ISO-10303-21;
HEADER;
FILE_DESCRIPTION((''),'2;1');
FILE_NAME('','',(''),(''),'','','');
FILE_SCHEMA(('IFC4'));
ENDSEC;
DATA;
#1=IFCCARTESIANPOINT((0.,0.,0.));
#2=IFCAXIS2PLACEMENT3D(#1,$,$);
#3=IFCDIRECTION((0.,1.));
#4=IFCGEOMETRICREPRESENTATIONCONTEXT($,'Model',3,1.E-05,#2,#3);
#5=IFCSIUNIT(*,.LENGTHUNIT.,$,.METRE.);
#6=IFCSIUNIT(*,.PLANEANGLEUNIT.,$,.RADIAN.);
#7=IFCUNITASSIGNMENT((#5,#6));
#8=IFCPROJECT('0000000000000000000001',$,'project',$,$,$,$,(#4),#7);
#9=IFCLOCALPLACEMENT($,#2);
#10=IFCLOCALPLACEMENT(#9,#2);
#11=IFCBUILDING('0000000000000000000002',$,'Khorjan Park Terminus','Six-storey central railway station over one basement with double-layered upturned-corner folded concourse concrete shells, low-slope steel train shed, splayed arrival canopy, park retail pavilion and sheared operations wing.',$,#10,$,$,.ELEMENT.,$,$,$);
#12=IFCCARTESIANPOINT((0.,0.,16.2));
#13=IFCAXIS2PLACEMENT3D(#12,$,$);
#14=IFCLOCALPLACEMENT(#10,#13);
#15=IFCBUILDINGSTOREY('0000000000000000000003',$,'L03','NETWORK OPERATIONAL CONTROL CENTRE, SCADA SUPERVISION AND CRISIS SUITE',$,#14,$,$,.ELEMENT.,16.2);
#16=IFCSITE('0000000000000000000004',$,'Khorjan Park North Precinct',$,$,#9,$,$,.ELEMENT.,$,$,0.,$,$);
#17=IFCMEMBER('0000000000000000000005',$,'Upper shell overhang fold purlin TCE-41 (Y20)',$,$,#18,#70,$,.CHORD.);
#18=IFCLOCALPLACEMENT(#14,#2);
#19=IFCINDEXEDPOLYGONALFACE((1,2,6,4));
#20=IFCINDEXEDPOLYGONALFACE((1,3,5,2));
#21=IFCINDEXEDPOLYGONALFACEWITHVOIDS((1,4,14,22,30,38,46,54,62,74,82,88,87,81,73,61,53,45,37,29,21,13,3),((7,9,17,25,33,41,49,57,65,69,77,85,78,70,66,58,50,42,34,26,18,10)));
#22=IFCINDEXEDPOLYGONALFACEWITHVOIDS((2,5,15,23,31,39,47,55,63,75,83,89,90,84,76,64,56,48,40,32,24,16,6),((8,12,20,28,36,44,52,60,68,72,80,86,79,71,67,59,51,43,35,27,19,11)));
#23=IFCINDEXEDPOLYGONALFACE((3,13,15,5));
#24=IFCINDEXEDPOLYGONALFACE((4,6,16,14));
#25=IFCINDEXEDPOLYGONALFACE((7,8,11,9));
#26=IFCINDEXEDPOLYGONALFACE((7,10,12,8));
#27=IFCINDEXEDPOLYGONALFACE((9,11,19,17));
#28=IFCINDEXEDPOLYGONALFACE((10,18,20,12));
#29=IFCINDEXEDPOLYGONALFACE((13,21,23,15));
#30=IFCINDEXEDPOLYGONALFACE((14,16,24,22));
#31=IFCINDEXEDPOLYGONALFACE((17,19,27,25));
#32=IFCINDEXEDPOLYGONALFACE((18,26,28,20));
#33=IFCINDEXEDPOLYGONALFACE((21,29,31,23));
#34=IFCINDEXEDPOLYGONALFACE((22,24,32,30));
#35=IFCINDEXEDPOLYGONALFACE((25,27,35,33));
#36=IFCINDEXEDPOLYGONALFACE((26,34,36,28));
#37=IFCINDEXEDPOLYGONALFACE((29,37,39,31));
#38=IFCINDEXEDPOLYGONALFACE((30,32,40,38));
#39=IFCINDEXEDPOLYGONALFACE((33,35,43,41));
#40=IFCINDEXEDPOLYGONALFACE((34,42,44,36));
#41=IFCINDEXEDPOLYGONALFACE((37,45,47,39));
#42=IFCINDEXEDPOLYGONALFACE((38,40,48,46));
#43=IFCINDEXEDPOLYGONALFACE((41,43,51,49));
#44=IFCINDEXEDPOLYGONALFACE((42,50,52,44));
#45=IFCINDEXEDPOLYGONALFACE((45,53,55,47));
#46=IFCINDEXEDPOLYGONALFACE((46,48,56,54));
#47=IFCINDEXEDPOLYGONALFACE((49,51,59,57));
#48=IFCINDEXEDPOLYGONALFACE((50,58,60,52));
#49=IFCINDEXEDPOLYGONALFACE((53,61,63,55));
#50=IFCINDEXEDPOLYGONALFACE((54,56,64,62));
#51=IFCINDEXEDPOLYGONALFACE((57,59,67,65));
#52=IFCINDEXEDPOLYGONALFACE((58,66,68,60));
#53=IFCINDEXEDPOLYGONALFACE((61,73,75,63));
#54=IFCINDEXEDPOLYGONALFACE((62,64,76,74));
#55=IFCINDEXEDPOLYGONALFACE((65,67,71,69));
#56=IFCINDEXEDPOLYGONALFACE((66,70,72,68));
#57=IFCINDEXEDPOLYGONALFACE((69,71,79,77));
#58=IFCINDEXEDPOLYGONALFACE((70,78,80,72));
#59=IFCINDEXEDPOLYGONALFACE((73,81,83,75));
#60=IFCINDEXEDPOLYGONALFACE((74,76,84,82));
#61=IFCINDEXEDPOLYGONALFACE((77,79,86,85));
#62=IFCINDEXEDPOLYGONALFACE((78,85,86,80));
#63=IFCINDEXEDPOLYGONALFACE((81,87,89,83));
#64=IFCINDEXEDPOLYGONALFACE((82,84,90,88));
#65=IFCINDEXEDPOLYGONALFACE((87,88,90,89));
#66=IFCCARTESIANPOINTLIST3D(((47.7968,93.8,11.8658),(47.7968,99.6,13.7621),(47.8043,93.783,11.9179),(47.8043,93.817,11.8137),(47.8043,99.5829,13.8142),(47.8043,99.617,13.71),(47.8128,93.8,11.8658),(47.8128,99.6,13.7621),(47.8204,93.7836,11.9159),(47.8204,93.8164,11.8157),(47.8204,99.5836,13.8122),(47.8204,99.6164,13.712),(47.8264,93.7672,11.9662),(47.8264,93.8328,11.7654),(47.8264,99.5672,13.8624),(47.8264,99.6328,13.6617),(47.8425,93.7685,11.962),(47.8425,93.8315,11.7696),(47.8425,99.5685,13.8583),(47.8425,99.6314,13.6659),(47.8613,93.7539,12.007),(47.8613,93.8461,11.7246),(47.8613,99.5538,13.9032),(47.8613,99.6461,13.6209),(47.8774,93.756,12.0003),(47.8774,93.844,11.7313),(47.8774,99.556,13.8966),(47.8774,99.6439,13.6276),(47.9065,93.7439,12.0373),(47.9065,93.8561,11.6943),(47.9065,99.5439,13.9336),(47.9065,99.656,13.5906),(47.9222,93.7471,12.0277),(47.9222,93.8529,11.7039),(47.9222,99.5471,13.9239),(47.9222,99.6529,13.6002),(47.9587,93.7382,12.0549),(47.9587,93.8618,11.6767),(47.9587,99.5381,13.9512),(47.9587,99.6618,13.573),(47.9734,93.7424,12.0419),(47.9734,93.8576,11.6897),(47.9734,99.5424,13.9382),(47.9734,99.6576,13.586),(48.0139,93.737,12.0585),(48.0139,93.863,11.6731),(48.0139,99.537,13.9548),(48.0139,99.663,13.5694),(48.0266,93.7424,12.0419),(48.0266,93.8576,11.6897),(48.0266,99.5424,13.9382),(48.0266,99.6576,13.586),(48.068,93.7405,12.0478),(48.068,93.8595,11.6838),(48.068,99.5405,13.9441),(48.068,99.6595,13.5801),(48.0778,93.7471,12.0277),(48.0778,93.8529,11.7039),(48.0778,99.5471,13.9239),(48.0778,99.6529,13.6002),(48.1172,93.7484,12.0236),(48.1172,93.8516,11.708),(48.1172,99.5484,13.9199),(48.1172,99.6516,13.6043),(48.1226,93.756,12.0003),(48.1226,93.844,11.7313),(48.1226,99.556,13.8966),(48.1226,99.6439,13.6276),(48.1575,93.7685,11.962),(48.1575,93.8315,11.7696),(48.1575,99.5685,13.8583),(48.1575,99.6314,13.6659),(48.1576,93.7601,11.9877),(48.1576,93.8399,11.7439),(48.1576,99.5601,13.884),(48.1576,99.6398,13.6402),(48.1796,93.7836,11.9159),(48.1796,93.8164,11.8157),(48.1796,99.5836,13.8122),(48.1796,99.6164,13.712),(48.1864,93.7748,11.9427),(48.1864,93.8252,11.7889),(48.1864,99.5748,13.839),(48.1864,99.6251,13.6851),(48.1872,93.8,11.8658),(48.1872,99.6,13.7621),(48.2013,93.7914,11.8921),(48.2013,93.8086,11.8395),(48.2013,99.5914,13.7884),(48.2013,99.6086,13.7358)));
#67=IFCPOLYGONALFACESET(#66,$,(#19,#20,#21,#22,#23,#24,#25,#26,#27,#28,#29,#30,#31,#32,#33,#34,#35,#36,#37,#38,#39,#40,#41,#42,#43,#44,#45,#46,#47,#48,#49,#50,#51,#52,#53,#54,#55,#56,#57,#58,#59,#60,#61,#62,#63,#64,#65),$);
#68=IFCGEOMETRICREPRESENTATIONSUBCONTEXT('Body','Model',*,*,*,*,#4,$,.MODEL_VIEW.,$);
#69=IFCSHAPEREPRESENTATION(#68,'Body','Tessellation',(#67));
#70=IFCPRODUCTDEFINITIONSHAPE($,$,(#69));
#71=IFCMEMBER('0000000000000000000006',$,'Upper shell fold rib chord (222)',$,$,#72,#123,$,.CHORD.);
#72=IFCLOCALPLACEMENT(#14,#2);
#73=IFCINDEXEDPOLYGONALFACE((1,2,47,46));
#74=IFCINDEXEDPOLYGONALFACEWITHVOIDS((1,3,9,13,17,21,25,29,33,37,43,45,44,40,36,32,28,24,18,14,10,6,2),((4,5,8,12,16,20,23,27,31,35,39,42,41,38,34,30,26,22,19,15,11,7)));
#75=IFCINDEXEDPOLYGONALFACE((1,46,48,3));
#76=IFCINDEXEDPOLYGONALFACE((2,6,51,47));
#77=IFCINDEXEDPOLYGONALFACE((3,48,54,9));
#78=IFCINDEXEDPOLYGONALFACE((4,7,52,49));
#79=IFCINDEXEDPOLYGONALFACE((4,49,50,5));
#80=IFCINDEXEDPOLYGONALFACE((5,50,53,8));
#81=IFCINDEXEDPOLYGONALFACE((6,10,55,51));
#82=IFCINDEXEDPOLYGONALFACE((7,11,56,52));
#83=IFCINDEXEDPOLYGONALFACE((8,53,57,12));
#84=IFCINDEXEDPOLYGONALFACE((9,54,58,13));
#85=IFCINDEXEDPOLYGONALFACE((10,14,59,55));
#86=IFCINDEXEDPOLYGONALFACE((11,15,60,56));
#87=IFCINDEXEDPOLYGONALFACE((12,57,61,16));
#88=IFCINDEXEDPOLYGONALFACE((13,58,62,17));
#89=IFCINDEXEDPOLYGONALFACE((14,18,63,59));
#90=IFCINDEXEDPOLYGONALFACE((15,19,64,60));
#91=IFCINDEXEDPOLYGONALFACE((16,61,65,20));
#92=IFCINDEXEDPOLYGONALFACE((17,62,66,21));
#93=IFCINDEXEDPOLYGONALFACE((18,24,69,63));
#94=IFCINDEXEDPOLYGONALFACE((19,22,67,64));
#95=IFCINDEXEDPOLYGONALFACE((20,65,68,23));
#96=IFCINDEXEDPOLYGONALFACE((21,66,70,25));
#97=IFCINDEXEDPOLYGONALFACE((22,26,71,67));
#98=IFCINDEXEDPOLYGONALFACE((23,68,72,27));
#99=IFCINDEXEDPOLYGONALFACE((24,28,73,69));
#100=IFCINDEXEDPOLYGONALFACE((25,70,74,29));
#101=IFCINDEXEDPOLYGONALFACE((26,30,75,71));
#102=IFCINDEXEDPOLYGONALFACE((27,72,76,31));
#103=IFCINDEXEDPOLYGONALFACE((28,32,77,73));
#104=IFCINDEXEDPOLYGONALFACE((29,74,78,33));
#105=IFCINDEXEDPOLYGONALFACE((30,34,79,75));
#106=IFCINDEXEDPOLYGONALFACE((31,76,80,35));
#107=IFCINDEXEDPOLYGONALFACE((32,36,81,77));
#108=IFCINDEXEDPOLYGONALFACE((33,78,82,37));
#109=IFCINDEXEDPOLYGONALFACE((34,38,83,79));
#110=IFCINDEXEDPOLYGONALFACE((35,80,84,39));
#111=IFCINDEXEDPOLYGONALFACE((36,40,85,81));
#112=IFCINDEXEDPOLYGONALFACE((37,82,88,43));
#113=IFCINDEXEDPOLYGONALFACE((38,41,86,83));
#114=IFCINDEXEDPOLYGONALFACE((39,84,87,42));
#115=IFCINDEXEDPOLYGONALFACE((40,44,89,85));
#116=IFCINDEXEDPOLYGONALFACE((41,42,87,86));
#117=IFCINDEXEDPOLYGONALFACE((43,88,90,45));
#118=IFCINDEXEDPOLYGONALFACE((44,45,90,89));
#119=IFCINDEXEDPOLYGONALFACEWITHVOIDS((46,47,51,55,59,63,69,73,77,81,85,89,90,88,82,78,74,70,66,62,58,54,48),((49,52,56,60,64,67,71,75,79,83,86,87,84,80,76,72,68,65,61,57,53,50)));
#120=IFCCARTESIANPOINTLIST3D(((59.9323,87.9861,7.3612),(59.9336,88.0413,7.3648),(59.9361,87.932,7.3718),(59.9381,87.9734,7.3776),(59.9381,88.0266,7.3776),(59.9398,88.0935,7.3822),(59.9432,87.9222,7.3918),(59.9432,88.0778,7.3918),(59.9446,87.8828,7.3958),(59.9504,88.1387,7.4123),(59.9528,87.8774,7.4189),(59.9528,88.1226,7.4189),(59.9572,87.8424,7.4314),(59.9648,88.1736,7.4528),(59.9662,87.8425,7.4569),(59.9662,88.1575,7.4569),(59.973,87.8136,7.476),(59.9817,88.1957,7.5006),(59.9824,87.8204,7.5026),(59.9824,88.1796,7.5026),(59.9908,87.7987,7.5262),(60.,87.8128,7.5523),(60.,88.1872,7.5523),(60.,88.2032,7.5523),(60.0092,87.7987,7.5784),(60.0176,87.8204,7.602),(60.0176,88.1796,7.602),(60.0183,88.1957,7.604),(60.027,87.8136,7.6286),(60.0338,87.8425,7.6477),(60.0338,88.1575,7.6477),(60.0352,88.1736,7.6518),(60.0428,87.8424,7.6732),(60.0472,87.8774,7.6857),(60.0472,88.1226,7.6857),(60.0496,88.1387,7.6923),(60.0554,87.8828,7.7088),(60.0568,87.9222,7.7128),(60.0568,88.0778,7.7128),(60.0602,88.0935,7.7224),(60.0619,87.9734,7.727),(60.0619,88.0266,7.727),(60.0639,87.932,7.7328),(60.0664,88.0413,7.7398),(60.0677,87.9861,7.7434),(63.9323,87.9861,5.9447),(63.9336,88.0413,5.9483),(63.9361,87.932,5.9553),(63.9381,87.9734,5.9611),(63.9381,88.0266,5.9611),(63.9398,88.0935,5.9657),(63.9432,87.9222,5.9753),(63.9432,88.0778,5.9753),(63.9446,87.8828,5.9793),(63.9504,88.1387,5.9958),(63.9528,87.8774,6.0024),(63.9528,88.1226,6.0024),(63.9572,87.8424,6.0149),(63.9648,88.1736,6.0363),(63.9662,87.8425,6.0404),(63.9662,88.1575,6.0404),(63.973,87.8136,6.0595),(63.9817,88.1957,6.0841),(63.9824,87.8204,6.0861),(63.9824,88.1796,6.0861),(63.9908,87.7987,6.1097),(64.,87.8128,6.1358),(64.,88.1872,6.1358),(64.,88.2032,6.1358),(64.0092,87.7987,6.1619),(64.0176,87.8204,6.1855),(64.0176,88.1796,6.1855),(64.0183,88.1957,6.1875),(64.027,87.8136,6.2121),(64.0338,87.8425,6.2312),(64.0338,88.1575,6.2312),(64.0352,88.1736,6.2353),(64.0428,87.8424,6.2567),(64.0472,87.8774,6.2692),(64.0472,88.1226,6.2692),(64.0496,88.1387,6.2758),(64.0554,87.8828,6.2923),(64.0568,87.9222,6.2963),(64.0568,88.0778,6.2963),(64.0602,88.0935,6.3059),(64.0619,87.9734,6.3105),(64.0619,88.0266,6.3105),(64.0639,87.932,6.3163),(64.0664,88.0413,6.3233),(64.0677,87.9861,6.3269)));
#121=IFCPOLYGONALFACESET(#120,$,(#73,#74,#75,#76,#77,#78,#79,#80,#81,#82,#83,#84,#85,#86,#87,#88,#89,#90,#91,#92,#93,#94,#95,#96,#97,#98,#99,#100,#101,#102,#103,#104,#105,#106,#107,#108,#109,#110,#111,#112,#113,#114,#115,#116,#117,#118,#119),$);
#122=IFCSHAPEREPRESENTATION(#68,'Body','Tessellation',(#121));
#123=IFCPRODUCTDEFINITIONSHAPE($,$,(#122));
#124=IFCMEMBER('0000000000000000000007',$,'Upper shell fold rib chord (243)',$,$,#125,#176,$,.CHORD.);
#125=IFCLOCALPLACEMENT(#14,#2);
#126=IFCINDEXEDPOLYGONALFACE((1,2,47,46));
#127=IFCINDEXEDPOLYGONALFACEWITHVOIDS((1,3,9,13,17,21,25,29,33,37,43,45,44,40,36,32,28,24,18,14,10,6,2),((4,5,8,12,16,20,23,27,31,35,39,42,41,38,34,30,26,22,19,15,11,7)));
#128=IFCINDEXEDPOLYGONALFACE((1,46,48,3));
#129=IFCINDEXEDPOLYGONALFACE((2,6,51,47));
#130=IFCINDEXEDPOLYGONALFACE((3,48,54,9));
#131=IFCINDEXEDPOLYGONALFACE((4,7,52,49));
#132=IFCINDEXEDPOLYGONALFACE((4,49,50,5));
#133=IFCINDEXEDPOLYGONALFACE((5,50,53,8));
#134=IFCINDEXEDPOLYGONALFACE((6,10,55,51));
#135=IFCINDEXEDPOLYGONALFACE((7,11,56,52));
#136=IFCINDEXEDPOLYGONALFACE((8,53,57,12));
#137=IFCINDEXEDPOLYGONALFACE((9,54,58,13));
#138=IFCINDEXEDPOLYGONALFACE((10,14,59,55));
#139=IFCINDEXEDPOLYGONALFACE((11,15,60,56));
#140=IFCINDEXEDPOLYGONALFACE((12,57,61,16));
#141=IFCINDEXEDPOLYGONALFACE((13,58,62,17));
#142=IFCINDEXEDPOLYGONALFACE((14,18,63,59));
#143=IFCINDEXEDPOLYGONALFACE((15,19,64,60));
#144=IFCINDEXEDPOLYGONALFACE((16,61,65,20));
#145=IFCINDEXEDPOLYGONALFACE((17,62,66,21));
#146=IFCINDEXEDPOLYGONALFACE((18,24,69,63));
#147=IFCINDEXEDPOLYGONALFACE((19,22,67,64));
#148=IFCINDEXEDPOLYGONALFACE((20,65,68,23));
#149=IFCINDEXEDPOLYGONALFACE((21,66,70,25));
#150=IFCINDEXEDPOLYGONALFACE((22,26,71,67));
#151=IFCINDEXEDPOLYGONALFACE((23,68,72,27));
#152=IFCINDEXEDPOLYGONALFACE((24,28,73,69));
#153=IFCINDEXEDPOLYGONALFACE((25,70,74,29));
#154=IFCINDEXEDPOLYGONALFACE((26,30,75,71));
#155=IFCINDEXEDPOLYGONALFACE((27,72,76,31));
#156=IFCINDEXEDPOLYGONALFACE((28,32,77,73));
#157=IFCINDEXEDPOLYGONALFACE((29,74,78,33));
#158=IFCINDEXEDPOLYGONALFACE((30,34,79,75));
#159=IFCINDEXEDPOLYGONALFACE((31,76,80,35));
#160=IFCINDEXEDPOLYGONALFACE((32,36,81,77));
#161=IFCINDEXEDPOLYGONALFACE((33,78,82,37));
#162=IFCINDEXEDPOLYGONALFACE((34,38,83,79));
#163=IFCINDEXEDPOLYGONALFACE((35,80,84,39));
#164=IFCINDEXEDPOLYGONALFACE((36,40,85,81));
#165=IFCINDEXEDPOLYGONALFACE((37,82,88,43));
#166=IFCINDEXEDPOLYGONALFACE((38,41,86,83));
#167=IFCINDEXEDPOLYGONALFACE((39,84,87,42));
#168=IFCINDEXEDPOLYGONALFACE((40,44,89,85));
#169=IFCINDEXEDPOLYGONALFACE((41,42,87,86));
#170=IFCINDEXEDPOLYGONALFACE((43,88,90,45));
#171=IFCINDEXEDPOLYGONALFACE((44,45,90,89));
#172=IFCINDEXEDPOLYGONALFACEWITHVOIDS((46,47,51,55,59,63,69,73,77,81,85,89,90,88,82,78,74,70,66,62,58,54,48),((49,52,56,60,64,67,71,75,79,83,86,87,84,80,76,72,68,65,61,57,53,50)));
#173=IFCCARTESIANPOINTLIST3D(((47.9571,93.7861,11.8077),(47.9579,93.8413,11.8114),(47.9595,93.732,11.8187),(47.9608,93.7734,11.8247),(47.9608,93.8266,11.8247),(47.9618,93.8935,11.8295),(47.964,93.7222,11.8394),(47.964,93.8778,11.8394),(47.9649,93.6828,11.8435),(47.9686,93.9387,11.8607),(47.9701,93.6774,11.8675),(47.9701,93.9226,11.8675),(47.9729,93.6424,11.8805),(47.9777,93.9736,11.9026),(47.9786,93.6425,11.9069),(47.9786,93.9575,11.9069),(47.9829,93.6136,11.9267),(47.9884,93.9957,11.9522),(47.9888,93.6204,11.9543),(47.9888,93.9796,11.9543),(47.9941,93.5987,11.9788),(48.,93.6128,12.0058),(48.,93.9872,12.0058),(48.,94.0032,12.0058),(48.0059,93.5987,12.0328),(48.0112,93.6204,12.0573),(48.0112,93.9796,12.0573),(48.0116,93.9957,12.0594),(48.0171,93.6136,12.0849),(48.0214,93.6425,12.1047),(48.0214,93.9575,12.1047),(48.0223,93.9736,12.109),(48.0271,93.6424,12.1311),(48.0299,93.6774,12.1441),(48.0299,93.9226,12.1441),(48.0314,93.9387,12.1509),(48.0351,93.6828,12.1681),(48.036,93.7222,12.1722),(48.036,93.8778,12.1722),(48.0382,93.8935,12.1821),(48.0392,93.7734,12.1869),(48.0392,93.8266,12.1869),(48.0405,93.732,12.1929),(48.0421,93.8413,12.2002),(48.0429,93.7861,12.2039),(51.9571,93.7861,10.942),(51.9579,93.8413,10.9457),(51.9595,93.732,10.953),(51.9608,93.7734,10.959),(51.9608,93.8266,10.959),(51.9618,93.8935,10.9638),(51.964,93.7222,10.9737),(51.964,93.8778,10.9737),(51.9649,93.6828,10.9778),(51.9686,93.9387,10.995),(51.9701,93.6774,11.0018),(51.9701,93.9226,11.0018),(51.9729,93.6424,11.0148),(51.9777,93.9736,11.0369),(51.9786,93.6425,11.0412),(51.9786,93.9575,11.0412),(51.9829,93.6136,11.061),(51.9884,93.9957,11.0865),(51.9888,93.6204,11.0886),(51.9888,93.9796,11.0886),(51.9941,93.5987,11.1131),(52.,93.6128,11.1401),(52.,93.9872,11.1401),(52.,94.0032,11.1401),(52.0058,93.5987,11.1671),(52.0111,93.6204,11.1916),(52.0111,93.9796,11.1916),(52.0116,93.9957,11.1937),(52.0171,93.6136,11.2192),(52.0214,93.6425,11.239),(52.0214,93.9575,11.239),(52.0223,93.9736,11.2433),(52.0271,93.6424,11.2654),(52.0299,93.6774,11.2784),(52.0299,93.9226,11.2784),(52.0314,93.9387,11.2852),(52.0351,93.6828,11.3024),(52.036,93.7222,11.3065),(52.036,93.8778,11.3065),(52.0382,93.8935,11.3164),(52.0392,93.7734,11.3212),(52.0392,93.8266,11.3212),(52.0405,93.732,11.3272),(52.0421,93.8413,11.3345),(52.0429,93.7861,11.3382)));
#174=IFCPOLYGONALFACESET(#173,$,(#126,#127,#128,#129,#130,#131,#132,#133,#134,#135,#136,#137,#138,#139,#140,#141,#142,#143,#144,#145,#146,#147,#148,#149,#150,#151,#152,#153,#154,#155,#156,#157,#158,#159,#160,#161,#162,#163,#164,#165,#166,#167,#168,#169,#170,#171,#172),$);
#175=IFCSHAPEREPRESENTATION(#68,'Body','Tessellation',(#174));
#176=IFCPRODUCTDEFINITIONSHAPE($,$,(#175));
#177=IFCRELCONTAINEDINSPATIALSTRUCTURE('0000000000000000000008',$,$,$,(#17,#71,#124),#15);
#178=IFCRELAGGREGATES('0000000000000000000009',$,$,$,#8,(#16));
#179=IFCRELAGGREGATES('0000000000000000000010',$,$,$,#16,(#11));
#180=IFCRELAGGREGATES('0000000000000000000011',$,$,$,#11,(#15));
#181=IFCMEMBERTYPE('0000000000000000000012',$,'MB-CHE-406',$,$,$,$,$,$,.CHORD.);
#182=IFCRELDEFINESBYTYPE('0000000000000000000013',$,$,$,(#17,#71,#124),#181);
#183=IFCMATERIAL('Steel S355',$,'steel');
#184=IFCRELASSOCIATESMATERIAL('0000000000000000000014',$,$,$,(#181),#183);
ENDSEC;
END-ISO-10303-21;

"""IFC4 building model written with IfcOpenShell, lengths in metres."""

from ifc_helpers import new_model, si_unit, direction, frame, origin, origin_2d, place, context, subcontext, project, spatial, hollow_circle, extrude, material, material_profile, profile_set, type_object, element, save


model = new_model("IFC4")

# Units and contexts
model_context = context("Model", 3, precision=1e-05, world=origin(), true_north=direction((0.0, 1.0)))
body_context = subcontext(model_context, "Body", "Model", "MODEL_VIEW")
ifc_project = project(units=[si_unit("LENGTHUNIT", "METRE"), si_unit("PLANEANGLEUNIT", "RADIAN")], contexts=[model_context])

# Site, building, storey
site_placement = place(None, origin())
site = spatial("IfcSite", under=ifc_project, at=site_placement, Name="Khorjan Park North Precinct", CompositionType="ELEMENT", RefElevation=0.0)
building_placement = place(site_placement, origin())
building = spatial("IfcBuilding", under=site, at=building_placement, Name="Khorjan Park Terminus", Description="Six-storey central railway station over one basement with double-layered upturned-corner folded concourse concrete shells, low-slope steel train shed, splayed arrival canopy, park retail pavilion and sheared operations wing.", CompositionType="ELEMENT")
storey_placement = place(building_placement, frame((0.0, 0.0, 16.2)))
storey = spatial("IfcBuildingStorey", under=building, at=storey_placement, Name="L03", Description="NETWORK OPERATIONAL CONTROL CENTRE, SCADA SUPERVISION AND CRISIS SUITE", CompositionType="ELEMENT", Elevation=16.2)

# Members
ifc_material_1 = material(Name="Steel S355", Category="steel")
ifc_material_profile_1 = material_profile(ifc_material_1, hollow_circle(Radius=0.2032, WallThickness=0.016, at=origin_2d()), Name="CHS 406.4x16")
ifc_profile_set_1 = profile_set([ifc_material_profile_1], Name="Steel S355")
member_type_1 = type_object("IfcMemberType", Name="MB-CHE-406", PredefinedType="CHORD", material=ifc_profile_set_1)
member_1_placement = place(storey_placement, frame((48.0, 93.8, 11.8658), z_axis=(0.0, 0.950488, 0.31076), x_axis=(-1.0, 0.0, 0.0)))
element("IfcMember", 1, at=member_1_placement, inside=storey, type_object=member_type_1, Name="Upper shell overhang fold purlin TCE-41 (Y20)", PredefinedType="CHORD", context=body_context, shape_type="SweptSolid", body=[
    extrude(hollow_circle(Radius=0.2032, WallThickness=0.016, at=origin_2d()), origin(), (0.0, 0.0, 1.0), 6.1021),
])
member_2_placement = place(storey_placement, frame((60.0, 88.0, 7.5523), z_axis=(0.94264, 0.0, -0.333812), x_axis=(0.0, 1.0, 0.0)))
element("IfcMember", 2, at=member_2_placement, inside=storey, type_object=member_type_1, Name="Upper shell fold rib chord (222)", PredefinedType="CHORD", context=body_context, shape_type="SweptSolid", body=[
    extrude(hollow_circle(Radius=0.2032, WallThickness=0.016, at=origin_2d()), origin(), (0.0, 0.0, 1.0), 4.2434),
])
member_3_placement = place(storey_placement, frame((48.0, 93.8, 12.0058), z_axis=(0.977372, 0.0, -0.211528), x_axis=(0.0, 1.0, 0.0)))
element("IfcMember", 3, at=member_3_placement, inside=storey, type_object=member_type_1, Name="Upper shell fold rib chord (243)", PredefinedType="CHORD", context=body_context, shape_type="SweptSolid", body=[
    extrude(hollow_circle(Radius=0.2032, WallThickness=0.016, at=origin_2d()), origin(), (0.0, 0.0, 1.0), 4.0926),
])

save(model, "model.ifc")
